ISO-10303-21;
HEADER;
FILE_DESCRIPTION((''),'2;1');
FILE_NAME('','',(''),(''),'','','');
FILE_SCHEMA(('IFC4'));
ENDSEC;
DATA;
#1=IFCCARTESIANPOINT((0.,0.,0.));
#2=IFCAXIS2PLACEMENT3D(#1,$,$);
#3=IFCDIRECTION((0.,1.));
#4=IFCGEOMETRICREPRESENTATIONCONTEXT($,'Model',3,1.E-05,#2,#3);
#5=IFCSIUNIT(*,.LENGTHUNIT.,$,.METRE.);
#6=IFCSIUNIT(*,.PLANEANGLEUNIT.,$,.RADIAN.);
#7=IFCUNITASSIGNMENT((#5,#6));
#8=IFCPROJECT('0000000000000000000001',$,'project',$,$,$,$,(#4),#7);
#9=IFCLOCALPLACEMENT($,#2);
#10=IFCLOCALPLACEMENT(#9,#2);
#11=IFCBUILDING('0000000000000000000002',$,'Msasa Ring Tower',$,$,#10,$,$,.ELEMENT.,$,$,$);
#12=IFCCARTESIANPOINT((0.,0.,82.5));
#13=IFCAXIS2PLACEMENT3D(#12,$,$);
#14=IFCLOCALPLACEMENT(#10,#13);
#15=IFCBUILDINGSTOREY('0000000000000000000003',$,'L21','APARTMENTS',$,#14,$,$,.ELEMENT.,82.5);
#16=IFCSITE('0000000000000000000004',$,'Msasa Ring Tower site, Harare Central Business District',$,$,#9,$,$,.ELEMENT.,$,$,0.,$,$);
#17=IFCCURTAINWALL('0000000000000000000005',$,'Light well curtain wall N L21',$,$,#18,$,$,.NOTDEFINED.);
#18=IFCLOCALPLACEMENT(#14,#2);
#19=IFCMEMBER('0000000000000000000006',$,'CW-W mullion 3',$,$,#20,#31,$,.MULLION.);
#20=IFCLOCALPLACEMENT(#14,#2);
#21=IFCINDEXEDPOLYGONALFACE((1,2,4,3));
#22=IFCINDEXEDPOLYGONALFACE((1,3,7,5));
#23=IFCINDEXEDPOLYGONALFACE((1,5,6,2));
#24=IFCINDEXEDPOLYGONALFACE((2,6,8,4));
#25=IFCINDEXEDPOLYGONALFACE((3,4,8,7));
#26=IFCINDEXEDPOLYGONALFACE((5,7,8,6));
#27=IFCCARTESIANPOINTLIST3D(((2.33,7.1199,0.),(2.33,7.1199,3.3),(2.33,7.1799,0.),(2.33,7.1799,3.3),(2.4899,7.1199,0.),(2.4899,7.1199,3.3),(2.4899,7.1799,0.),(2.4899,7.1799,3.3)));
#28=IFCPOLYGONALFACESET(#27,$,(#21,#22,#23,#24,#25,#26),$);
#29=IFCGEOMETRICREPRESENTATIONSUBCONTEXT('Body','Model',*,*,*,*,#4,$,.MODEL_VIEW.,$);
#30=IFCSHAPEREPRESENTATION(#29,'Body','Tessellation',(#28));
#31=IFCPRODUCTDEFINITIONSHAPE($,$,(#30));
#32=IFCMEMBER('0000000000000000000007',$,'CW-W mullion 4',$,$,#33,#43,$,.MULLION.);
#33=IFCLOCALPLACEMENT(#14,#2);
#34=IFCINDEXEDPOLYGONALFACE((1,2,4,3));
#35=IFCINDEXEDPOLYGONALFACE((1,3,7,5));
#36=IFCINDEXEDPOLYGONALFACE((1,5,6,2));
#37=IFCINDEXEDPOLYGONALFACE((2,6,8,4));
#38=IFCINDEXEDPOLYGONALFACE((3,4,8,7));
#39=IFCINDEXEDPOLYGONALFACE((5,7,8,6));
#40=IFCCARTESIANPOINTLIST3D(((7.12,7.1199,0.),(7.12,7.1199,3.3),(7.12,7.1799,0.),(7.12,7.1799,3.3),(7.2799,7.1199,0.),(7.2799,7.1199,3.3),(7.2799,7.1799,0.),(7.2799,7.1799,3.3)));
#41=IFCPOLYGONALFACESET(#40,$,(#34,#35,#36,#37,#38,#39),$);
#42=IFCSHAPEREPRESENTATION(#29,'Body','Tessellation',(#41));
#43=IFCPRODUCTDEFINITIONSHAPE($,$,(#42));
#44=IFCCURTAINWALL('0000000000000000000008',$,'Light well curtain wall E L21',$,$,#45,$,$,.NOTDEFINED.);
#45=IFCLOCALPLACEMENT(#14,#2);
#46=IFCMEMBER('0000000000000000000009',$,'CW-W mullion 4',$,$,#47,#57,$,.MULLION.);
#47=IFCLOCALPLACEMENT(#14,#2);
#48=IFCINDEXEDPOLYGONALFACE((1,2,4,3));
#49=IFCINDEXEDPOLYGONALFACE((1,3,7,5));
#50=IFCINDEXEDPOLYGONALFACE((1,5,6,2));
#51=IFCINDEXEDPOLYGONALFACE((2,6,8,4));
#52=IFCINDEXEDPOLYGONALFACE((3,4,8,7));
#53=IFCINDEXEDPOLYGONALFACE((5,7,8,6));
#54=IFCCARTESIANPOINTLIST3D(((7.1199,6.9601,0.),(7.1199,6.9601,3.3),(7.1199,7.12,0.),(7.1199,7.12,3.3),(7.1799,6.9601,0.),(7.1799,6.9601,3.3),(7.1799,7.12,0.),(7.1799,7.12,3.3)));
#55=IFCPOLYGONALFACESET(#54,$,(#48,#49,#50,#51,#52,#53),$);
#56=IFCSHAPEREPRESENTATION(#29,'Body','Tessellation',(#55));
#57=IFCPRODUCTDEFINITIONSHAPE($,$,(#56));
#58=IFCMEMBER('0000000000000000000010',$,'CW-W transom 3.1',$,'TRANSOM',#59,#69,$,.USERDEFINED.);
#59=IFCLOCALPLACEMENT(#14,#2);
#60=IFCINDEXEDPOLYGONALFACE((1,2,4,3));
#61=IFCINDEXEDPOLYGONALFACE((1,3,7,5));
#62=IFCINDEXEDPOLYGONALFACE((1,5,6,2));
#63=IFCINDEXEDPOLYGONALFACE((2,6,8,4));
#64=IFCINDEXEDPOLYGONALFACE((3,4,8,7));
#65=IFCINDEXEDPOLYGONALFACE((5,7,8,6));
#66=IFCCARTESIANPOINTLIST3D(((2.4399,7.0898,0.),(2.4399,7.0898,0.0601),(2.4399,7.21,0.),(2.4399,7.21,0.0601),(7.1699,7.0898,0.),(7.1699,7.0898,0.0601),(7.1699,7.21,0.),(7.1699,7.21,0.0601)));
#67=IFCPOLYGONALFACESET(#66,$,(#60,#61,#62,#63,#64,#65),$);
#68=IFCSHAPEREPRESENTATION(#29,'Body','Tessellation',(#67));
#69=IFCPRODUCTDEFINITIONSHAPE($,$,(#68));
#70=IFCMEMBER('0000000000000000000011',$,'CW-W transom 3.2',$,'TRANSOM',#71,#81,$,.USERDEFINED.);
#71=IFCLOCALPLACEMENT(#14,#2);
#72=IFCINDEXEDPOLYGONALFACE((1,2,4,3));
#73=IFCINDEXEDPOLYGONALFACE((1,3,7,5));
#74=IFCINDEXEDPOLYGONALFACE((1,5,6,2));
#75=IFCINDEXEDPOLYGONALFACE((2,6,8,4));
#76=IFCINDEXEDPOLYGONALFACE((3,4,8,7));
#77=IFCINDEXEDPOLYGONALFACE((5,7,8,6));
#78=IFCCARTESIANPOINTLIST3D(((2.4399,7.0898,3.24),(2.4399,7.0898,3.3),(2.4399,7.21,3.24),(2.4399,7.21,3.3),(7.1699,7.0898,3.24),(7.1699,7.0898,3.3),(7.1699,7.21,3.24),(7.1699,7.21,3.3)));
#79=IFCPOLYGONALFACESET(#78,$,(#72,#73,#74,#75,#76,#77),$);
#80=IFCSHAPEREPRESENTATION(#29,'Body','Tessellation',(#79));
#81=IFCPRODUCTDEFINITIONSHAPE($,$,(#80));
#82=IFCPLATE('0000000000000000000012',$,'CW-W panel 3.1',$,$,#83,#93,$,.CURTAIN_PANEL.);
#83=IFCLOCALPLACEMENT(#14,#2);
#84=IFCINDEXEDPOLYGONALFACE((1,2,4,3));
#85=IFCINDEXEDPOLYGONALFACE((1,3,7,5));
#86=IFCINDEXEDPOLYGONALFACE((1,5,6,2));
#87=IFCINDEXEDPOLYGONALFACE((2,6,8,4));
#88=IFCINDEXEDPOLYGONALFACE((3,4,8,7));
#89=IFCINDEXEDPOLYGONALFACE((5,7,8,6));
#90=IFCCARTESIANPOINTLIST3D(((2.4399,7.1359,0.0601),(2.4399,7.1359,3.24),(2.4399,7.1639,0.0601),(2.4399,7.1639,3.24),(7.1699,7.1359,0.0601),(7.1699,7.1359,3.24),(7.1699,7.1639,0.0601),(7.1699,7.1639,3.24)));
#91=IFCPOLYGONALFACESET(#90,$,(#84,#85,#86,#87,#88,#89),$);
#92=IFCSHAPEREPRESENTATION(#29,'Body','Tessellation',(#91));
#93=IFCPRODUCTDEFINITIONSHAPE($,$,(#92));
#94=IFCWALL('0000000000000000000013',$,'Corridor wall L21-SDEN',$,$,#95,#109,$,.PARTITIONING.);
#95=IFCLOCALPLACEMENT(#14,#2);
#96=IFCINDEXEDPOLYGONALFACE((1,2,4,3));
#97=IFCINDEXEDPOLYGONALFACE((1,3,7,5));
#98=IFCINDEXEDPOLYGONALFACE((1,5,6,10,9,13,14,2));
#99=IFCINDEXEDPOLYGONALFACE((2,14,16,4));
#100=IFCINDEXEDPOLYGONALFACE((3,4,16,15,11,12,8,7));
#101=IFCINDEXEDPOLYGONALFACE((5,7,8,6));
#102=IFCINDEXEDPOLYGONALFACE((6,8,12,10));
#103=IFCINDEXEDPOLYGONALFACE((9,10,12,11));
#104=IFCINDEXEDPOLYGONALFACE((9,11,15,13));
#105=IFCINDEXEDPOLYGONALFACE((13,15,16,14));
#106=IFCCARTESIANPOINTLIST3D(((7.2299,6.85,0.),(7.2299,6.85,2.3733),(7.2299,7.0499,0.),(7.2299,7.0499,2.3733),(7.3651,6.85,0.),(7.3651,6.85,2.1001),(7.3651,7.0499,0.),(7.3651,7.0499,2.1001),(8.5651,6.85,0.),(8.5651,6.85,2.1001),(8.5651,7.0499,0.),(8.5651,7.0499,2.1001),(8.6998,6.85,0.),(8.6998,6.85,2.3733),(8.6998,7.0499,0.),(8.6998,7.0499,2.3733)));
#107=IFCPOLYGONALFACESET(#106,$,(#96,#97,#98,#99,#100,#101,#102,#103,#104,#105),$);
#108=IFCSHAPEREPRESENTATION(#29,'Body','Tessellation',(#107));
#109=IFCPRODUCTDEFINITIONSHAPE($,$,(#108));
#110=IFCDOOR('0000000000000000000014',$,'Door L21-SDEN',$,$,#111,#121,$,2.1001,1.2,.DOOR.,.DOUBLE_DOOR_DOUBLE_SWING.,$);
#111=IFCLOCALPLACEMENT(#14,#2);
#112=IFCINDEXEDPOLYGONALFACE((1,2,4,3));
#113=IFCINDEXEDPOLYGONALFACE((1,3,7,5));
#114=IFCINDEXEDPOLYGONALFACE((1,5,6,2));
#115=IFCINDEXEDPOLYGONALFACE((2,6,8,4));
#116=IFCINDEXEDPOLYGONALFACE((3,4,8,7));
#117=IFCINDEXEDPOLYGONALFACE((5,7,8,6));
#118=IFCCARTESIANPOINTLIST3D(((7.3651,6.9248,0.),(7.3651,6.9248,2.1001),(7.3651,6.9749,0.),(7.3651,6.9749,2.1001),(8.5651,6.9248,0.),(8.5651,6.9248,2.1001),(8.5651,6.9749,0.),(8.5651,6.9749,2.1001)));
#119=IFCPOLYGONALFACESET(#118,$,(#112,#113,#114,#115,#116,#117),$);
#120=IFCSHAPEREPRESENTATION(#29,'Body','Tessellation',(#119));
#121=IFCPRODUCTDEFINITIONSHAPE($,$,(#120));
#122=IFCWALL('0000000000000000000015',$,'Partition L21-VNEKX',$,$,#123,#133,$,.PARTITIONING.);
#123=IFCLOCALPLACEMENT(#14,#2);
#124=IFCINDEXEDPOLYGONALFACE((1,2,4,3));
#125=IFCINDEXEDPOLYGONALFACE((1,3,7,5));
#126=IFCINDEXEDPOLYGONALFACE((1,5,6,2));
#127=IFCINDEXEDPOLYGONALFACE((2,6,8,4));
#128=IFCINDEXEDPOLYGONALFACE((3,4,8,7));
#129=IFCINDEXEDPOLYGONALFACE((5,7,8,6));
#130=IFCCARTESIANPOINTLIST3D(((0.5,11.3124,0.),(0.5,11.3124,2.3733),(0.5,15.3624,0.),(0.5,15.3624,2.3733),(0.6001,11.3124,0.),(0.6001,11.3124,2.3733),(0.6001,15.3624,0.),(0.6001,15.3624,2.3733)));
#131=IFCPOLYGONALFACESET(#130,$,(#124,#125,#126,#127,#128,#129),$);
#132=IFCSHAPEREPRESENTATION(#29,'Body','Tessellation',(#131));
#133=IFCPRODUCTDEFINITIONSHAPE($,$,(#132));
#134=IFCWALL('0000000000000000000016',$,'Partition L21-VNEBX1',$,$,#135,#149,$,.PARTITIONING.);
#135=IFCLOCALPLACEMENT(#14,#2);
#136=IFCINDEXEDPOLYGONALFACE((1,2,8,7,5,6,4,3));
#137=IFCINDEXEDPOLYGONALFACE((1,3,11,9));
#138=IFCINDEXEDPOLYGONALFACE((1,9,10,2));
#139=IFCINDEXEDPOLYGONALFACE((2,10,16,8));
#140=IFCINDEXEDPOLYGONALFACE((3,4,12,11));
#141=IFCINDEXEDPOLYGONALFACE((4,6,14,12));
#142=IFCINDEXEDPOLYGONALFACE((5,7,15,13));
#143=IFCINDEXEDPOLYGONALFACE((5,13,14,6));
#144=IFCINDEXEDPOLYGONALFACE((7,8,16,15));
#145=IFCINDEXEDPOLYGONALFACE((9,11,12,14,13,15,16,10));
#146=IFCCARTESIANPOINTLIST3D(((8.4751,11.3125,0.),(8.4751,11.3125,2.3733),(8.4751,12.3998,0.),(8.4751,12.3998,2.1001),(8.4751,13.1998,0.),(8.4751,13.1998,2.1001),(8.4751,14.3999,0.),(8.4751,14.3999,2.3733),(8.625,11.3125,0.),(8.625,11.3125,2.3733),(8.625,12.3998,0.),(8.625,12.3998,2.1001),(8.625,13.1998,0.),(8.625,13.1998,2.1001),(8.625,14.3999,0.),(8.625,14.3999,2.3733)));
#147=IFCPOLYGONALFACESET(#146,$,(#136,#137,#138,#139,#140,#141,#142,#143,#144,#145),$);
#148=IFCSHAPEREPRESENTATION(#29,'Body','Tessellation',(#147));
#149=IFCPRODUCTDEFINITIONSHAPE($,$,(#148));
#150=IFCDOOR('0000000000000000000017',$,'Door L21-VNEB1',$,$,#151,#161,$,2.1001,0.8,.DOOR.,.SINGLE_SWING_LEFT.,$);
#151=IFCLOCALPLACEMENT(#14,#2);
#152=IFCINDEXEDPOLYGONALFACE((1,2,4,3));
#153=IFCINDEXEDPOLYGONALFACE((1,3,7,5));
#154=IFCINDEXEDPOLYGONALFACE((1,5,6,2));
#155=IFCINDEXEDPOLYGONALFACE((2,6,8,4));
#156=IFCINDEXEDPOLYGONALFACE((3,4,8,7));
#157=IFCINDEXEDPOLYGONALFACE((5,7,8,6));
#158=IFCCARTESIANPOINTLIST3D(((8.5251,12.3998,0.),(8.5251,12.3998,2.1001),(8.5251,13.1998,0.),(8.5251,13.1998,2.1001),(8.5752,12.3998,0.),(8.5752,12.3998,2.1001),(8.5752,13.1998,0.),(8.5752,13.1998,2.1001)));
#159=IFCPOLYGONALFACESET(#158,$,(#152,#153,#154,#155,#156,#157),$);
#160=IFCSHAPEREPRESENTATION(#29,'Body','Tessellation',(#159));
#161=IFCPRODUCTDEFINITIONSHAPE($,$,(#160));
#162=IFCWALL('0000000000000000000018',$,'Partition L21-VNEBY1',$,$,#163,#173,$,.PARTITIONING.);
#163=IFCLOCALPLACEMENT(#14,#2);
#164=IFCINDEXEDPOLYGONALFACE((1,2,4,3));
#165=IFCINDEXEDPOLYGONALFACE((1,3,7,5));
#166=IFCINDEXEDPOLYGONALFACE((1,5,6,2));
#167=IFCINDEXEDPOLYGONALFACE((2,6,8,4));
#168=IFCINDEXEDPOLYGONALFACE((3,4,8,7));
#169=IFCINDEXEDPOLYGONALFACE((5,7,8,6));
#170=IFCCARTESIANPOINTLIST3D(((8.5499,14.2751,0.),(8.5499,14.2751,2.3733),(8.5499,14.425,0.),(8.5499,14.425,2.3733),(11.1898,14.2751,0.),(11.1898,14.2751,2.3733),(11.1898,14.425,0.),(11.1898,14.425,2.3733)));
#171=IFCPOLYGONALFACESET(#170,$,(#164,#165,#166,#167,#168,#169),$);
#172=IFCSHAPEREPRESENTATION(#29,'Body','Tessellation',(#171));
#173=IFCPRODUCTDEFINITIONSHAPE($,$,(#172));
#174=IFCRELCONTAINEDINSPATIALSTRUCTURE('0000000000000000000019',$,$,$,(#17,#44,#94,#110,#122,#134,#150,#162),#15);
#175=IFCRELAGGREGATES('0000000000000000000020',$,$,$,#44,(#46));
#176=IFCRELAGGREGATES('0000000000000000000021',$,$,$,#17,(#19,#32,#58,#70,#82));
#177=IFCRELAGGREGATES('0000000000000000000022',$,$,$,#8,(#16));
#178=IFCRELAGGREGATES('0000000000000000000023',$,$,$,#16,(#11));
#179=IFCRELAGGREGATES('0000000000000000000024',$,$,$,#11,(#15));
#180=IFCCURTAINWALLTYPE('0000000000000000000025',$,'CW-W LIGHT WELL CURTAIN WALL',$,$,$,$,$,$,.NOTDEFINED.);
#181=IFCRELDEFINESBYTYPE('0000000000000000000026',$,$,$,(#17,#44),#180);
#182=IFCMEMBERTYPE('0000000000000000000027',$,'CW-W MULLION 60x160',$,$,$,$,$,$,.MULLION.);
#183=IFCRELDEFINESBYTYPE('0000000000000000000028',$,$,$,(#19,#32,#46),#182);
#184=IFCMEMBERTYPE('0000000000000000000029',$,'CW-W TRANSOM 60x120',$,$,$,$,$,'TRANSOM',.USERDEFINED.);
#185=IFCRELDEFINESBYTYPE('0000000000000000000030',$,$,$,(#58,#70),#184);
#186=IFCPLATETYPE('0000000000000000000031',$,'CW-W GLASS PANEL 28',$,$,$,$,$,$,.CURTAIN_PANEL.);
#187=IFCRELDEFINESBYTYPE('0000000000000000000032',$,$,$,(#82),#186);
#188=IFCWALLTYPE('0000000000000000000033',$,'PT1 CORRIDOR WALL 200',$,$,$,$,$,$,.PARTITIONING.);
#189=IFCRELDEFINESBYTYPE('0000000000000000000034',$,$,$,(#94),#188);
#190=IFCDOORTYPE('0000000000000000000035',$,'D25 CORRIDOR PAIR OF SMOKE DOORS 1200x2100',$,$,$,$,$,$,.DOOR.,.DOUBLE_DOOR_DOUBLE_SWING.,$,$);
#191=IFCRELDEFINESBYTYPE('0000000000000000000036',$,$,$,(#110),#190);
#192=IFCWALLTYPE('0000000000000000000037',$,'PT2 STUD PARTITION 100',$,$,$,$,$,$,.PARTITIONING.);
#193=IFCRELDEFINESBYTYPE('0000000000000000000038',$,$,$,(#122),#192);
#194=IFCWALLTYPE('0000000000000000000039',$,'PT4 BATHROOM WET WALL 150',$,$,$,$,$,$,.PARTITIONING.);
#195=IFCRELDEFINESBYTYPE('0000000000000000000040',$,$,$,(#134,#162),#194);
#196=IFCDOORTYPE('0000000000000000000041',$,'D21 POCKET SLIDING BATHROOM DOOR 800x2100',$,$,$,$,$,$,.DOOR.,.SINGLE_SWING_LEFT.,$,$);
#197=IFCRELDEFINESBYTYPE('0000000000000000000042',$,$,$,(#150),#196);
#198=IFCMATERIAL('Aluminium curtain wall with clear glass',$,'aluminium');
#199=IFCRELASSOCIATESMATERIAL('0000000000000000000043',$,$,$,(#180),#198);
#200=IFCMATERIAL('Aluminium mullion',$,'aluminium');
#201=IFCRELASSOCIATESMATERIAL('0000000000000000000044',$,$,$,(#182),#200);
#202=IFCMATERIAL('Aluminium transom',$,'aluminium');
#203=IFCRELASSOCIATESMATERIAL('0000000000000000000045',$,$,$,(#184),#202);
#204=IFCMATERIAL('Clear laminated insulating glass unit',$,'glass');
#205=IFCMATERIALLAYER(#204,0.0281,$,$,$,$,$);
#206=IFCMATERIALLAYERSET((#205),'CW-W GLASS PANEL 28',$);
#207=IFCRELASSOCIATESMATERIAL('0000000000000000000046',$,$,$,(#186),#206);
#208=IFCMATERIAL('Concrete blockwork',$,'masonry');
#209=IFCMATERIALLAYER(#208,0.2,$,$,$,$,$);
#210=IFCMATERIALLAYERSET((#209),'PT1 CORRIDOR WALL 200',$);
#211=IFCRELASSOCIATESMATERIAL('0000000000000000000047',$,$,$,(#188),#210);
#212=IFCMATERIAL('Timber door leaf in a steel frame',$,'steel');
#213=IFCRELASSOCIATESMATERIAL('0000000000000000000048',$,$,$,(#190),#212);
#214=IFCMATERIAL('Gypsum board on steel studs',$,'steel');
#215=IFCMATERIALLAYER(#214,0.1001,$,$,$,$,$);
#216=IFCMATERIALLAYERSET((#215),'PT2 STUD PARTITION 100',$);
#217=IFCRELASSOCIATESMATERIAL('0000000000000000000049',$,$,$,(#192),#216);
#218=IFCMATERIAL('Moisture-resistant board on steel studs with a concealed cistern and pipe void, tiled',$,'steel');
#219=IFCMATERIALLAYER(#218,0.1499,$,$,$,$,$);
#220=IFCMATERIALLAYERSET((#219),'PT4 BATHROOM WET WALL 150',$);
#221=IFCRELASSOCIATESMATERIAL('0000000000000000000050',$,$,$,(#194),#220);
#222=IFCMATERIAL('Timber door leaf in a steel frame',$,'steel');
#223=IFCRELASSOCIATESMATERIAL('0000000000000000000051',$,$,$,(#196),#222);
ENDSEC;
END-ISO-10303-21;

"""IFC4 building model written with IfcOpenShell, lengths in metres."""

from ifc_helpers import new_model, si_unit, direction, frame, frame_2d, origin, origin_2d, place, context, subcontext, project, spatial, rectangle, extrude, material, layer, layer_set, material_profile, profile_set, type_object, element, fill, aggregate, save


model = new_model("IFC4")

# Units and contexts
model_context = context("Model", 3, precision=1e-05, world=origin(), true_north=direction((0.0, 1.0)))
body_context = subcontext(model_context, "Body", "Model", "MODEL_VIEW")
ifc_project = project(units=[si_unit("LENGTHUNIT", "METRE"), si_unit("PLANEANGLEUNIT", "RADIAN")], contexts=[model_context])

# Site, building, storey
site_placement = place(None, origin())
site = spatial("IfcSite", under=ifc_project, at=site_placement, Name="Msasa Ring Tower site, Harare Central Business District", CompositionType="ELEMENT", RefElevation=0.0)
building_placement = place(site_placement, origin())
building = spatial("IfcBuilding", under=site, at=building_placement, Name="Msasa Ring Tower", CompositionType="ELEMENT")
storey_placement = place(building_placement, frame((0.0, 0.0, 82.5)))
storey = spatial("IfcBuildingStorey", under=building, at=storey_placement, Name="L21", Description="APARTMENTS", CompositionType="ELEMENT", Elevation=82.5)

# Curtain wall, members
ifc_material_1 = material(Name="Aluminium curtain wall with clear glass", Category="aluminium")
curtain_wall_type = type_object("IfcCurtainWallType", Name="CW-W LIGHT WELL CURTAIN WALL", PredefinedType="NOTDEFINED", material=ifc_material_1)
curtain_wall_1_placement = place(storey_placement, origin())
curtain_wall_1 = element("IfcCurtainWall", 1, at=curtain_wall_1_placement, inside=storey, type_object=curtain_wall_type, Name="Light well curtain wall N L21", PredefinedType="NOTDEFINED")
ifc_material_2 = material(Name="Aluminium mullion", Category="aluminium")
ifc_material_profile_1 = material_profile(ifc_material_2, rectangle(XDim=0.0601, YDim=0.1599, at=origin_2d()), Name="AL 60x160")
ifc_profile_set_1 = profile_set([ifc_material_profile_1], Name="Aluminium mullion")
member_type_1 = type_object("IfcMemberType", Name="CW-W MULLION 60x160", PredefinedType="MULLION", material=ifc_profile_set_1)
member_1_placement = place(storey_placement, frame((2.4099, 7.1499, 0.0), z_axis=(0.0, 0.0, 1.0), x_axis=(0.0, 1.0, 0.0)))
member_1 = element("IfcMember", 2, at=member_1_placement, type_object=member_type_1, Name="CW-W mullion 3", PredefinedType="MULLION", context=body_context, shape_type="SweptSolid", body=[
    extrude(rectangle(XDim=0.0601, YDim=0.1599, at=origin_2d()), origin(), (0.0, 0.0, 1.0), 3.3),
])
member_2_placement = place(storey_placement, frame((7.2, 7.1499, 0.0), z_axis=(0.0, 0.0, 1.0), x_axis=(0.0, 1.0, 0.0)))
member_2 = element("IfcMember", 3, at=member_2_placement, type_object=member_type_1, Name="CW-W mullion 4", PredefinedType="MULLION", context=body_context, shape_type="SweptSolid", body=[
    extrude(rectangle(XDim=0.0601, YDim=0.1599, at=origin_2d()), origin(), (0.0, 0.0, 1.0), 3.3),
])

# Curtain wall, member
curtain_wall_2_placement = place(storey_placement, origin())
curtain_wall_2 = element("IfcCurtainWall", 4, at=curtain_wall_2_placement, inside=storey, type_object=curtain_wall_type, Name="Light well curtain wall E L21", PredefinedType="NOTDEFINED")
member_3_placement = place(storey_placement, frame((7.1499, 7.04, 0.0), z_axis=(0.0, 0.0, 1.0), x_axis=(-1.0, 0.0, 0.0)))
member_3 = element("IfcMember", 5, at=member_3_placement, type_object=member_type_1, Name="CW-W mullion 4", PredefinedType="MULLION", context=body_context, shape_type="SweptSolid", body=[
    extrude(rectangle(XDim=0.0601, YDim=0.1599, at=origin_2d()), origin(), (0.0, 0.0, 1.0), 3.3),
])
aggregate(curtain_wall_2, [member_3])

# Members
ifc_material_3 = material(Name="Aluminium transom", Category="aluminium")
ifc_material_profile_2 = material_profile(ifc_material_3, rectangle(XDim=0.1201, YDim=0.0601, at=origin_2d()), Name="AL 60x120")
ifc_profile_set_2 = profile_set([ifc_material_profile_2], Name="Aluminium transom")
member_type_2 = type_object("IfcMemberType", Name="CW-W TRANSOM 60x120", ElementType="TRANSOM", PredefinedType="USERDEFINED", material=ifc_profile_set_2)
member_4_placement = place(storey_placement, frame((2.4399, 7.1499, 0.03), z_axis=(1.0, 0.0, 0.0), x_axis=(0.0, 1.0, 0.0)))
member_4 = element("IfcMember", 6, at=member_4_placement, type_object=member_type_2, Name="CW-W transom 3.1", ObjectType="TRANSOM", PredefinedType="USERDEFINED", context=body_context, shape_type="SweptSolid", body=[
    extrude(rectangle(XDim=0.1201, YDim=0.0601, at=origin_2d()), origin(), (0.0, 0.0, 1.0), 4.73),
])
member_5_placement = place(storey_placement, frame((2.4399, 7.1499, 3.27), z_axis=(1.0, 0.0, 0.0), x_axis=(0.0, 1.0, 0.0)))
member_5 = element("IfcMember", 7, at=member_5_placement, type_object=member_type_2, Name="CW-W transom 3.2", ObjectType="TRANSOM", PredefinedType="USERDEFINED", context=body_context, shape_type="SweptSolid", body=[
    extrude(rectangle(XDim=0.1201, YDim=0.0601, at=origin_2d()), origin(), (0.0, 0.0, 1.0), 4.73),
])

# Plate
ifc_material_4 = material(Name="Clear laminated insulating glass unit", Category="glass")
ifc_layer_1 = layer(ifc_material_4, 0.0281)
ifc_layer_set_1 = layer_set([ifc_layer_1], Name="CW-W GLASS PANEL 28")
plate_type = type_object("IfcPlateType", Name="CW-W GLASS PANEL 28", PredefinedType="CURTAIN_PANEL", material=ifc_layer_set_1)
plate_placement = place(storey_placement, frame((4.8049, 7.1499, 0.0601), z_axis=(0.0, 0.0, 1.0), x_axis=(1.0, 0.0, 0.0)))
plate = element("IfcPlate", 8, at=plate_placement, type_object=plate_type, Name="CW-W panel 3.1", PredefinedType="CURTAIN_PANEL", context=body_context, shape_type="SweptSolid", body=[
    extrude(rectangle(XDim=4.73, YDim=0.0281, at=origin_2d()), origin(), (0.0, 0.0, 1.0), 3.1799),
])
aggregate(curtain_wall_1, [member_1, member_2, member_4, member_5, plate])

# Wall, opening, door
ifc_material_5 = material(Name="Concrete blockwork", Category="masonry")
ifc_layer_2 = layer(ifc_material_5, 0.2)
ifc_layer_set_2 = layer_set([ifc_layer_2], Name="PT1 CORRIDOR WALL 200")
wall_type_1 = type_object("IfcWallType", Name="PT1 CORRIDOR WALL 200", PredefinedType="PARTITIONING", material=ifc_layer_set_2)
wall_1_placement = place(storey_placement, frame((7.23, 6.95, 0.0), z_axis=(0.0, 0.0, 1.0), x_axis=(1.0, 0.0, 0.0)))
wall_1 = element("IfcWall", 9, at=wall_1_placement, inside=storey, type_object=wall_type_1, Name="Corridor wall L21-SDEN", PredefinedType="PARTITIONING", context=body_context, shape_type="SweptSolid", body=[
    extrude(rectangle(XDim=1.47, YDim=0.2, at=frame_2d((0.7349, 0.0))), origin(), (0.0, 0.0, 1.0), 2.3733),
])
opening_1_placement = place(wall_1_placement, frame((0.135, 0.0, 0.0)))
opening_1 = element("IfcOpeningElement", 10, at=opening_1_placement, cuts=wall_1, PredefinedType="OPENING", context=body_context, shape_type="SweptSolid", body=[
    extrude(rectangle(XDim=1.2, YDim=2.1001, at=frame_2d((0.6001, 1.05))), frame((0.0, 0.1099, 0.0), z_axis=(0.0, -1.0, 0.0), x_axis=(1.0, 0.0, 0.0)), (0.0, 0.0, 1.0), 0.22),
])
ifc_material_6 = material(Name="Timber door leaf in a steel frame", Category="steel")
door_type_1 = type_object("IfcDoorType", Name="D25 CORRIDOR PAIR OF SMOKE DOORS 1200x2100", OperationType="DOUBLE_DOOR_DOUBLE_SWING", PredefinedType="DOOR", material=ifc_material_6)
door_1_placement = place(opening_1_placement, origin())
door_1 = element("IfcDoor", 11, at=door_1_placement, inside=storey, type_object=door_type_1, Name="Door L21-SDEN", OperationType="DOUBLE_DOOR_DOUBLE_SWING", OverallHeight=2.1001, OverallWidth=1.2, PredefinedType="DOOR", context=body_context, shape_type="SweptSolid", body=[
    extrude(rectangle(XDim=1.2, YDim=2.1001, at=frame_2d((0.6001, 1.05))), frame((0.0, 0.0249, 0.0), z_axis=(0.0, -1.0, 0.0), x_axis=(1.0, 0.0, 0.0)), (0.0, 0.0, 1.0), 0.05),
])
fill(opening_1, door_1)

# Wall
ifc_material_7 = material(Name="Gypsum board on steel studs", Category="steel")
ifc_layer_3 = layer(ifc_material_7, 0.1001)
ifc_layer_set_3 = layer_set([ifc_layer_3], Name="PT2 STUD PARTITION 100")
wall_type_2 = type_object("IfcWallType", Name="PT2 STUD PARTITION 100", PredefinedType="PARTITIONING", material=ifc_layer_set_3)
wall_2_placement = place(storey_placement, frame((0.55, 11.3125, 0.0), z_axis=(0.0, 0.0, 1.0), x_axis=(0.0, 1.0, 0.0)))
element("IfcWall", 12, at=wall_2_placement, inside=storey, type_object=wall_type_2, Name="Partition L21-VNEKX", PredefinedType="PARTITIONING", context=body_context, shape_type="SweptSolid", body=[
    extrude(rectangle(XDim=4.05, YDim=0.1001, at=frame_2d((2.0249, 0.0))), origin(), (0.0, 0.0, 1.0), 2.3733),
])

# Wall, opening, door
ifc_material_8 = material(Name="Moisture-resistant board on steel studs with a concealed cistern and pipe void, tiled", Category="steel")
ifc_layer_4 = layer(ifc_material_8, 0.1499)
ifc_layer_set_4 = layer_set([ifc_layer_4], Name="PT4 BATHROOM WET WALL 150")
wall_type_3 = type_object("IfcWallType", Name="PT4 BATHROOM WET WALL 150", PredefinedType="PARTITIONING", material=ifc_layer_set_4)
wall_3_placement = place(storey_placement, frame((8.55, 11.3125, 0.0), z_axis=(0.0, 0.0, 1.0), x_axis=(0.0, 1.0, 0.0)))
wall_3 = element("IfcWall", 13, at=wall_3_placement, inside=storey, type_object=wall_type_3, Name="Partition L21-VNEBX1", PredefinedType="PARTITIONING", context=body_context, shape_type="SweptSolid", body=[
    extrude(rectangle(XDim=3.0874, YDim=0.1499, at=frame_2d((1.5437, 0.0))), origin(), (0.0, 0.0, 1.0), 2.3733),
])
opening_2_placement = place(wall_3_placement, frame((1.0874, 0.0, 0.0)))
opening_2 = element("IfcOpeningElement", 14, at=opening_2_placement, cuts=wall_3, PredefinedType="OPENING", context=body_context, shape_type="SweptSolid", body=[
    extrude(rectangle(XDim=0.8, YDim=2.1001, at=frame_2d((0.3999, 1.05))), frame((0.0, 0.085, 0.0), z_axis=(0.0, -1.0, 0.0), x_axis=(1.0, 0.0, 0.0)), (0.0, 0.0, 1.0), 0.1699),
])
ifc_material_9 = material(Name="Timber door leaf in a steel frame", Category="steel")
door_type_2 = type_object("IfcDoorType", Name="D21 POCKET SLIDING BATHROOM DOOR 800x2100", OperationType="SINGLE_SWING_LEFT", PredefinedType="DOOR", material=ifc_material_9)
door_2_placement = place(opening_2_placement, origin())
door_2 = element("IfcDoor", 15, at=door_2_placement, inside=storey, type_object=door_type_2, Name="Door L21-VNEB1", OperationType="SINGLE_SWING_LEFT", OverallHeight=2.1001, OverallWidth=0.8, PredefinedType="DOOR", context=body_context, shape_type="SweptSolid", body=[
    extrude(rectangle(XDim=0.8, YDim=2.1001, at=frame_2d((0.3999, 1.05))), frame((0.0, 0.0249, 0.0), z_axis=(0.0, -1.0, 0.0), x_axis=(1.0, 0.0, 0.0)), (0.0, 0.0, 1.0), 0.05),
])
fill(opening_2, door_2)

# Wall
wall_4_placement = place(storey_placement, frame((8.55, 14.3501, 0.0), z_axis=(0.0, 0.0, 1.0), x_axis=(1.0, 0.0, 0.0)))
element("IfcWall", 16, at=wall_4_placement, inside=storey, type_object=wall_type_3, Name="Partition L21-VNEBY1", PredefinedType="PARTITIONING", context=body_context, shape_type="SweptSolid", body=[
    extrude(rectangle(XDim=2.6399, YDim=0.1499, at=frame_2d((1.3198, 0.0))), origin(), (0.0, 0.0, 1.0), 2.3733),
])

save(model, "model.ifc")
